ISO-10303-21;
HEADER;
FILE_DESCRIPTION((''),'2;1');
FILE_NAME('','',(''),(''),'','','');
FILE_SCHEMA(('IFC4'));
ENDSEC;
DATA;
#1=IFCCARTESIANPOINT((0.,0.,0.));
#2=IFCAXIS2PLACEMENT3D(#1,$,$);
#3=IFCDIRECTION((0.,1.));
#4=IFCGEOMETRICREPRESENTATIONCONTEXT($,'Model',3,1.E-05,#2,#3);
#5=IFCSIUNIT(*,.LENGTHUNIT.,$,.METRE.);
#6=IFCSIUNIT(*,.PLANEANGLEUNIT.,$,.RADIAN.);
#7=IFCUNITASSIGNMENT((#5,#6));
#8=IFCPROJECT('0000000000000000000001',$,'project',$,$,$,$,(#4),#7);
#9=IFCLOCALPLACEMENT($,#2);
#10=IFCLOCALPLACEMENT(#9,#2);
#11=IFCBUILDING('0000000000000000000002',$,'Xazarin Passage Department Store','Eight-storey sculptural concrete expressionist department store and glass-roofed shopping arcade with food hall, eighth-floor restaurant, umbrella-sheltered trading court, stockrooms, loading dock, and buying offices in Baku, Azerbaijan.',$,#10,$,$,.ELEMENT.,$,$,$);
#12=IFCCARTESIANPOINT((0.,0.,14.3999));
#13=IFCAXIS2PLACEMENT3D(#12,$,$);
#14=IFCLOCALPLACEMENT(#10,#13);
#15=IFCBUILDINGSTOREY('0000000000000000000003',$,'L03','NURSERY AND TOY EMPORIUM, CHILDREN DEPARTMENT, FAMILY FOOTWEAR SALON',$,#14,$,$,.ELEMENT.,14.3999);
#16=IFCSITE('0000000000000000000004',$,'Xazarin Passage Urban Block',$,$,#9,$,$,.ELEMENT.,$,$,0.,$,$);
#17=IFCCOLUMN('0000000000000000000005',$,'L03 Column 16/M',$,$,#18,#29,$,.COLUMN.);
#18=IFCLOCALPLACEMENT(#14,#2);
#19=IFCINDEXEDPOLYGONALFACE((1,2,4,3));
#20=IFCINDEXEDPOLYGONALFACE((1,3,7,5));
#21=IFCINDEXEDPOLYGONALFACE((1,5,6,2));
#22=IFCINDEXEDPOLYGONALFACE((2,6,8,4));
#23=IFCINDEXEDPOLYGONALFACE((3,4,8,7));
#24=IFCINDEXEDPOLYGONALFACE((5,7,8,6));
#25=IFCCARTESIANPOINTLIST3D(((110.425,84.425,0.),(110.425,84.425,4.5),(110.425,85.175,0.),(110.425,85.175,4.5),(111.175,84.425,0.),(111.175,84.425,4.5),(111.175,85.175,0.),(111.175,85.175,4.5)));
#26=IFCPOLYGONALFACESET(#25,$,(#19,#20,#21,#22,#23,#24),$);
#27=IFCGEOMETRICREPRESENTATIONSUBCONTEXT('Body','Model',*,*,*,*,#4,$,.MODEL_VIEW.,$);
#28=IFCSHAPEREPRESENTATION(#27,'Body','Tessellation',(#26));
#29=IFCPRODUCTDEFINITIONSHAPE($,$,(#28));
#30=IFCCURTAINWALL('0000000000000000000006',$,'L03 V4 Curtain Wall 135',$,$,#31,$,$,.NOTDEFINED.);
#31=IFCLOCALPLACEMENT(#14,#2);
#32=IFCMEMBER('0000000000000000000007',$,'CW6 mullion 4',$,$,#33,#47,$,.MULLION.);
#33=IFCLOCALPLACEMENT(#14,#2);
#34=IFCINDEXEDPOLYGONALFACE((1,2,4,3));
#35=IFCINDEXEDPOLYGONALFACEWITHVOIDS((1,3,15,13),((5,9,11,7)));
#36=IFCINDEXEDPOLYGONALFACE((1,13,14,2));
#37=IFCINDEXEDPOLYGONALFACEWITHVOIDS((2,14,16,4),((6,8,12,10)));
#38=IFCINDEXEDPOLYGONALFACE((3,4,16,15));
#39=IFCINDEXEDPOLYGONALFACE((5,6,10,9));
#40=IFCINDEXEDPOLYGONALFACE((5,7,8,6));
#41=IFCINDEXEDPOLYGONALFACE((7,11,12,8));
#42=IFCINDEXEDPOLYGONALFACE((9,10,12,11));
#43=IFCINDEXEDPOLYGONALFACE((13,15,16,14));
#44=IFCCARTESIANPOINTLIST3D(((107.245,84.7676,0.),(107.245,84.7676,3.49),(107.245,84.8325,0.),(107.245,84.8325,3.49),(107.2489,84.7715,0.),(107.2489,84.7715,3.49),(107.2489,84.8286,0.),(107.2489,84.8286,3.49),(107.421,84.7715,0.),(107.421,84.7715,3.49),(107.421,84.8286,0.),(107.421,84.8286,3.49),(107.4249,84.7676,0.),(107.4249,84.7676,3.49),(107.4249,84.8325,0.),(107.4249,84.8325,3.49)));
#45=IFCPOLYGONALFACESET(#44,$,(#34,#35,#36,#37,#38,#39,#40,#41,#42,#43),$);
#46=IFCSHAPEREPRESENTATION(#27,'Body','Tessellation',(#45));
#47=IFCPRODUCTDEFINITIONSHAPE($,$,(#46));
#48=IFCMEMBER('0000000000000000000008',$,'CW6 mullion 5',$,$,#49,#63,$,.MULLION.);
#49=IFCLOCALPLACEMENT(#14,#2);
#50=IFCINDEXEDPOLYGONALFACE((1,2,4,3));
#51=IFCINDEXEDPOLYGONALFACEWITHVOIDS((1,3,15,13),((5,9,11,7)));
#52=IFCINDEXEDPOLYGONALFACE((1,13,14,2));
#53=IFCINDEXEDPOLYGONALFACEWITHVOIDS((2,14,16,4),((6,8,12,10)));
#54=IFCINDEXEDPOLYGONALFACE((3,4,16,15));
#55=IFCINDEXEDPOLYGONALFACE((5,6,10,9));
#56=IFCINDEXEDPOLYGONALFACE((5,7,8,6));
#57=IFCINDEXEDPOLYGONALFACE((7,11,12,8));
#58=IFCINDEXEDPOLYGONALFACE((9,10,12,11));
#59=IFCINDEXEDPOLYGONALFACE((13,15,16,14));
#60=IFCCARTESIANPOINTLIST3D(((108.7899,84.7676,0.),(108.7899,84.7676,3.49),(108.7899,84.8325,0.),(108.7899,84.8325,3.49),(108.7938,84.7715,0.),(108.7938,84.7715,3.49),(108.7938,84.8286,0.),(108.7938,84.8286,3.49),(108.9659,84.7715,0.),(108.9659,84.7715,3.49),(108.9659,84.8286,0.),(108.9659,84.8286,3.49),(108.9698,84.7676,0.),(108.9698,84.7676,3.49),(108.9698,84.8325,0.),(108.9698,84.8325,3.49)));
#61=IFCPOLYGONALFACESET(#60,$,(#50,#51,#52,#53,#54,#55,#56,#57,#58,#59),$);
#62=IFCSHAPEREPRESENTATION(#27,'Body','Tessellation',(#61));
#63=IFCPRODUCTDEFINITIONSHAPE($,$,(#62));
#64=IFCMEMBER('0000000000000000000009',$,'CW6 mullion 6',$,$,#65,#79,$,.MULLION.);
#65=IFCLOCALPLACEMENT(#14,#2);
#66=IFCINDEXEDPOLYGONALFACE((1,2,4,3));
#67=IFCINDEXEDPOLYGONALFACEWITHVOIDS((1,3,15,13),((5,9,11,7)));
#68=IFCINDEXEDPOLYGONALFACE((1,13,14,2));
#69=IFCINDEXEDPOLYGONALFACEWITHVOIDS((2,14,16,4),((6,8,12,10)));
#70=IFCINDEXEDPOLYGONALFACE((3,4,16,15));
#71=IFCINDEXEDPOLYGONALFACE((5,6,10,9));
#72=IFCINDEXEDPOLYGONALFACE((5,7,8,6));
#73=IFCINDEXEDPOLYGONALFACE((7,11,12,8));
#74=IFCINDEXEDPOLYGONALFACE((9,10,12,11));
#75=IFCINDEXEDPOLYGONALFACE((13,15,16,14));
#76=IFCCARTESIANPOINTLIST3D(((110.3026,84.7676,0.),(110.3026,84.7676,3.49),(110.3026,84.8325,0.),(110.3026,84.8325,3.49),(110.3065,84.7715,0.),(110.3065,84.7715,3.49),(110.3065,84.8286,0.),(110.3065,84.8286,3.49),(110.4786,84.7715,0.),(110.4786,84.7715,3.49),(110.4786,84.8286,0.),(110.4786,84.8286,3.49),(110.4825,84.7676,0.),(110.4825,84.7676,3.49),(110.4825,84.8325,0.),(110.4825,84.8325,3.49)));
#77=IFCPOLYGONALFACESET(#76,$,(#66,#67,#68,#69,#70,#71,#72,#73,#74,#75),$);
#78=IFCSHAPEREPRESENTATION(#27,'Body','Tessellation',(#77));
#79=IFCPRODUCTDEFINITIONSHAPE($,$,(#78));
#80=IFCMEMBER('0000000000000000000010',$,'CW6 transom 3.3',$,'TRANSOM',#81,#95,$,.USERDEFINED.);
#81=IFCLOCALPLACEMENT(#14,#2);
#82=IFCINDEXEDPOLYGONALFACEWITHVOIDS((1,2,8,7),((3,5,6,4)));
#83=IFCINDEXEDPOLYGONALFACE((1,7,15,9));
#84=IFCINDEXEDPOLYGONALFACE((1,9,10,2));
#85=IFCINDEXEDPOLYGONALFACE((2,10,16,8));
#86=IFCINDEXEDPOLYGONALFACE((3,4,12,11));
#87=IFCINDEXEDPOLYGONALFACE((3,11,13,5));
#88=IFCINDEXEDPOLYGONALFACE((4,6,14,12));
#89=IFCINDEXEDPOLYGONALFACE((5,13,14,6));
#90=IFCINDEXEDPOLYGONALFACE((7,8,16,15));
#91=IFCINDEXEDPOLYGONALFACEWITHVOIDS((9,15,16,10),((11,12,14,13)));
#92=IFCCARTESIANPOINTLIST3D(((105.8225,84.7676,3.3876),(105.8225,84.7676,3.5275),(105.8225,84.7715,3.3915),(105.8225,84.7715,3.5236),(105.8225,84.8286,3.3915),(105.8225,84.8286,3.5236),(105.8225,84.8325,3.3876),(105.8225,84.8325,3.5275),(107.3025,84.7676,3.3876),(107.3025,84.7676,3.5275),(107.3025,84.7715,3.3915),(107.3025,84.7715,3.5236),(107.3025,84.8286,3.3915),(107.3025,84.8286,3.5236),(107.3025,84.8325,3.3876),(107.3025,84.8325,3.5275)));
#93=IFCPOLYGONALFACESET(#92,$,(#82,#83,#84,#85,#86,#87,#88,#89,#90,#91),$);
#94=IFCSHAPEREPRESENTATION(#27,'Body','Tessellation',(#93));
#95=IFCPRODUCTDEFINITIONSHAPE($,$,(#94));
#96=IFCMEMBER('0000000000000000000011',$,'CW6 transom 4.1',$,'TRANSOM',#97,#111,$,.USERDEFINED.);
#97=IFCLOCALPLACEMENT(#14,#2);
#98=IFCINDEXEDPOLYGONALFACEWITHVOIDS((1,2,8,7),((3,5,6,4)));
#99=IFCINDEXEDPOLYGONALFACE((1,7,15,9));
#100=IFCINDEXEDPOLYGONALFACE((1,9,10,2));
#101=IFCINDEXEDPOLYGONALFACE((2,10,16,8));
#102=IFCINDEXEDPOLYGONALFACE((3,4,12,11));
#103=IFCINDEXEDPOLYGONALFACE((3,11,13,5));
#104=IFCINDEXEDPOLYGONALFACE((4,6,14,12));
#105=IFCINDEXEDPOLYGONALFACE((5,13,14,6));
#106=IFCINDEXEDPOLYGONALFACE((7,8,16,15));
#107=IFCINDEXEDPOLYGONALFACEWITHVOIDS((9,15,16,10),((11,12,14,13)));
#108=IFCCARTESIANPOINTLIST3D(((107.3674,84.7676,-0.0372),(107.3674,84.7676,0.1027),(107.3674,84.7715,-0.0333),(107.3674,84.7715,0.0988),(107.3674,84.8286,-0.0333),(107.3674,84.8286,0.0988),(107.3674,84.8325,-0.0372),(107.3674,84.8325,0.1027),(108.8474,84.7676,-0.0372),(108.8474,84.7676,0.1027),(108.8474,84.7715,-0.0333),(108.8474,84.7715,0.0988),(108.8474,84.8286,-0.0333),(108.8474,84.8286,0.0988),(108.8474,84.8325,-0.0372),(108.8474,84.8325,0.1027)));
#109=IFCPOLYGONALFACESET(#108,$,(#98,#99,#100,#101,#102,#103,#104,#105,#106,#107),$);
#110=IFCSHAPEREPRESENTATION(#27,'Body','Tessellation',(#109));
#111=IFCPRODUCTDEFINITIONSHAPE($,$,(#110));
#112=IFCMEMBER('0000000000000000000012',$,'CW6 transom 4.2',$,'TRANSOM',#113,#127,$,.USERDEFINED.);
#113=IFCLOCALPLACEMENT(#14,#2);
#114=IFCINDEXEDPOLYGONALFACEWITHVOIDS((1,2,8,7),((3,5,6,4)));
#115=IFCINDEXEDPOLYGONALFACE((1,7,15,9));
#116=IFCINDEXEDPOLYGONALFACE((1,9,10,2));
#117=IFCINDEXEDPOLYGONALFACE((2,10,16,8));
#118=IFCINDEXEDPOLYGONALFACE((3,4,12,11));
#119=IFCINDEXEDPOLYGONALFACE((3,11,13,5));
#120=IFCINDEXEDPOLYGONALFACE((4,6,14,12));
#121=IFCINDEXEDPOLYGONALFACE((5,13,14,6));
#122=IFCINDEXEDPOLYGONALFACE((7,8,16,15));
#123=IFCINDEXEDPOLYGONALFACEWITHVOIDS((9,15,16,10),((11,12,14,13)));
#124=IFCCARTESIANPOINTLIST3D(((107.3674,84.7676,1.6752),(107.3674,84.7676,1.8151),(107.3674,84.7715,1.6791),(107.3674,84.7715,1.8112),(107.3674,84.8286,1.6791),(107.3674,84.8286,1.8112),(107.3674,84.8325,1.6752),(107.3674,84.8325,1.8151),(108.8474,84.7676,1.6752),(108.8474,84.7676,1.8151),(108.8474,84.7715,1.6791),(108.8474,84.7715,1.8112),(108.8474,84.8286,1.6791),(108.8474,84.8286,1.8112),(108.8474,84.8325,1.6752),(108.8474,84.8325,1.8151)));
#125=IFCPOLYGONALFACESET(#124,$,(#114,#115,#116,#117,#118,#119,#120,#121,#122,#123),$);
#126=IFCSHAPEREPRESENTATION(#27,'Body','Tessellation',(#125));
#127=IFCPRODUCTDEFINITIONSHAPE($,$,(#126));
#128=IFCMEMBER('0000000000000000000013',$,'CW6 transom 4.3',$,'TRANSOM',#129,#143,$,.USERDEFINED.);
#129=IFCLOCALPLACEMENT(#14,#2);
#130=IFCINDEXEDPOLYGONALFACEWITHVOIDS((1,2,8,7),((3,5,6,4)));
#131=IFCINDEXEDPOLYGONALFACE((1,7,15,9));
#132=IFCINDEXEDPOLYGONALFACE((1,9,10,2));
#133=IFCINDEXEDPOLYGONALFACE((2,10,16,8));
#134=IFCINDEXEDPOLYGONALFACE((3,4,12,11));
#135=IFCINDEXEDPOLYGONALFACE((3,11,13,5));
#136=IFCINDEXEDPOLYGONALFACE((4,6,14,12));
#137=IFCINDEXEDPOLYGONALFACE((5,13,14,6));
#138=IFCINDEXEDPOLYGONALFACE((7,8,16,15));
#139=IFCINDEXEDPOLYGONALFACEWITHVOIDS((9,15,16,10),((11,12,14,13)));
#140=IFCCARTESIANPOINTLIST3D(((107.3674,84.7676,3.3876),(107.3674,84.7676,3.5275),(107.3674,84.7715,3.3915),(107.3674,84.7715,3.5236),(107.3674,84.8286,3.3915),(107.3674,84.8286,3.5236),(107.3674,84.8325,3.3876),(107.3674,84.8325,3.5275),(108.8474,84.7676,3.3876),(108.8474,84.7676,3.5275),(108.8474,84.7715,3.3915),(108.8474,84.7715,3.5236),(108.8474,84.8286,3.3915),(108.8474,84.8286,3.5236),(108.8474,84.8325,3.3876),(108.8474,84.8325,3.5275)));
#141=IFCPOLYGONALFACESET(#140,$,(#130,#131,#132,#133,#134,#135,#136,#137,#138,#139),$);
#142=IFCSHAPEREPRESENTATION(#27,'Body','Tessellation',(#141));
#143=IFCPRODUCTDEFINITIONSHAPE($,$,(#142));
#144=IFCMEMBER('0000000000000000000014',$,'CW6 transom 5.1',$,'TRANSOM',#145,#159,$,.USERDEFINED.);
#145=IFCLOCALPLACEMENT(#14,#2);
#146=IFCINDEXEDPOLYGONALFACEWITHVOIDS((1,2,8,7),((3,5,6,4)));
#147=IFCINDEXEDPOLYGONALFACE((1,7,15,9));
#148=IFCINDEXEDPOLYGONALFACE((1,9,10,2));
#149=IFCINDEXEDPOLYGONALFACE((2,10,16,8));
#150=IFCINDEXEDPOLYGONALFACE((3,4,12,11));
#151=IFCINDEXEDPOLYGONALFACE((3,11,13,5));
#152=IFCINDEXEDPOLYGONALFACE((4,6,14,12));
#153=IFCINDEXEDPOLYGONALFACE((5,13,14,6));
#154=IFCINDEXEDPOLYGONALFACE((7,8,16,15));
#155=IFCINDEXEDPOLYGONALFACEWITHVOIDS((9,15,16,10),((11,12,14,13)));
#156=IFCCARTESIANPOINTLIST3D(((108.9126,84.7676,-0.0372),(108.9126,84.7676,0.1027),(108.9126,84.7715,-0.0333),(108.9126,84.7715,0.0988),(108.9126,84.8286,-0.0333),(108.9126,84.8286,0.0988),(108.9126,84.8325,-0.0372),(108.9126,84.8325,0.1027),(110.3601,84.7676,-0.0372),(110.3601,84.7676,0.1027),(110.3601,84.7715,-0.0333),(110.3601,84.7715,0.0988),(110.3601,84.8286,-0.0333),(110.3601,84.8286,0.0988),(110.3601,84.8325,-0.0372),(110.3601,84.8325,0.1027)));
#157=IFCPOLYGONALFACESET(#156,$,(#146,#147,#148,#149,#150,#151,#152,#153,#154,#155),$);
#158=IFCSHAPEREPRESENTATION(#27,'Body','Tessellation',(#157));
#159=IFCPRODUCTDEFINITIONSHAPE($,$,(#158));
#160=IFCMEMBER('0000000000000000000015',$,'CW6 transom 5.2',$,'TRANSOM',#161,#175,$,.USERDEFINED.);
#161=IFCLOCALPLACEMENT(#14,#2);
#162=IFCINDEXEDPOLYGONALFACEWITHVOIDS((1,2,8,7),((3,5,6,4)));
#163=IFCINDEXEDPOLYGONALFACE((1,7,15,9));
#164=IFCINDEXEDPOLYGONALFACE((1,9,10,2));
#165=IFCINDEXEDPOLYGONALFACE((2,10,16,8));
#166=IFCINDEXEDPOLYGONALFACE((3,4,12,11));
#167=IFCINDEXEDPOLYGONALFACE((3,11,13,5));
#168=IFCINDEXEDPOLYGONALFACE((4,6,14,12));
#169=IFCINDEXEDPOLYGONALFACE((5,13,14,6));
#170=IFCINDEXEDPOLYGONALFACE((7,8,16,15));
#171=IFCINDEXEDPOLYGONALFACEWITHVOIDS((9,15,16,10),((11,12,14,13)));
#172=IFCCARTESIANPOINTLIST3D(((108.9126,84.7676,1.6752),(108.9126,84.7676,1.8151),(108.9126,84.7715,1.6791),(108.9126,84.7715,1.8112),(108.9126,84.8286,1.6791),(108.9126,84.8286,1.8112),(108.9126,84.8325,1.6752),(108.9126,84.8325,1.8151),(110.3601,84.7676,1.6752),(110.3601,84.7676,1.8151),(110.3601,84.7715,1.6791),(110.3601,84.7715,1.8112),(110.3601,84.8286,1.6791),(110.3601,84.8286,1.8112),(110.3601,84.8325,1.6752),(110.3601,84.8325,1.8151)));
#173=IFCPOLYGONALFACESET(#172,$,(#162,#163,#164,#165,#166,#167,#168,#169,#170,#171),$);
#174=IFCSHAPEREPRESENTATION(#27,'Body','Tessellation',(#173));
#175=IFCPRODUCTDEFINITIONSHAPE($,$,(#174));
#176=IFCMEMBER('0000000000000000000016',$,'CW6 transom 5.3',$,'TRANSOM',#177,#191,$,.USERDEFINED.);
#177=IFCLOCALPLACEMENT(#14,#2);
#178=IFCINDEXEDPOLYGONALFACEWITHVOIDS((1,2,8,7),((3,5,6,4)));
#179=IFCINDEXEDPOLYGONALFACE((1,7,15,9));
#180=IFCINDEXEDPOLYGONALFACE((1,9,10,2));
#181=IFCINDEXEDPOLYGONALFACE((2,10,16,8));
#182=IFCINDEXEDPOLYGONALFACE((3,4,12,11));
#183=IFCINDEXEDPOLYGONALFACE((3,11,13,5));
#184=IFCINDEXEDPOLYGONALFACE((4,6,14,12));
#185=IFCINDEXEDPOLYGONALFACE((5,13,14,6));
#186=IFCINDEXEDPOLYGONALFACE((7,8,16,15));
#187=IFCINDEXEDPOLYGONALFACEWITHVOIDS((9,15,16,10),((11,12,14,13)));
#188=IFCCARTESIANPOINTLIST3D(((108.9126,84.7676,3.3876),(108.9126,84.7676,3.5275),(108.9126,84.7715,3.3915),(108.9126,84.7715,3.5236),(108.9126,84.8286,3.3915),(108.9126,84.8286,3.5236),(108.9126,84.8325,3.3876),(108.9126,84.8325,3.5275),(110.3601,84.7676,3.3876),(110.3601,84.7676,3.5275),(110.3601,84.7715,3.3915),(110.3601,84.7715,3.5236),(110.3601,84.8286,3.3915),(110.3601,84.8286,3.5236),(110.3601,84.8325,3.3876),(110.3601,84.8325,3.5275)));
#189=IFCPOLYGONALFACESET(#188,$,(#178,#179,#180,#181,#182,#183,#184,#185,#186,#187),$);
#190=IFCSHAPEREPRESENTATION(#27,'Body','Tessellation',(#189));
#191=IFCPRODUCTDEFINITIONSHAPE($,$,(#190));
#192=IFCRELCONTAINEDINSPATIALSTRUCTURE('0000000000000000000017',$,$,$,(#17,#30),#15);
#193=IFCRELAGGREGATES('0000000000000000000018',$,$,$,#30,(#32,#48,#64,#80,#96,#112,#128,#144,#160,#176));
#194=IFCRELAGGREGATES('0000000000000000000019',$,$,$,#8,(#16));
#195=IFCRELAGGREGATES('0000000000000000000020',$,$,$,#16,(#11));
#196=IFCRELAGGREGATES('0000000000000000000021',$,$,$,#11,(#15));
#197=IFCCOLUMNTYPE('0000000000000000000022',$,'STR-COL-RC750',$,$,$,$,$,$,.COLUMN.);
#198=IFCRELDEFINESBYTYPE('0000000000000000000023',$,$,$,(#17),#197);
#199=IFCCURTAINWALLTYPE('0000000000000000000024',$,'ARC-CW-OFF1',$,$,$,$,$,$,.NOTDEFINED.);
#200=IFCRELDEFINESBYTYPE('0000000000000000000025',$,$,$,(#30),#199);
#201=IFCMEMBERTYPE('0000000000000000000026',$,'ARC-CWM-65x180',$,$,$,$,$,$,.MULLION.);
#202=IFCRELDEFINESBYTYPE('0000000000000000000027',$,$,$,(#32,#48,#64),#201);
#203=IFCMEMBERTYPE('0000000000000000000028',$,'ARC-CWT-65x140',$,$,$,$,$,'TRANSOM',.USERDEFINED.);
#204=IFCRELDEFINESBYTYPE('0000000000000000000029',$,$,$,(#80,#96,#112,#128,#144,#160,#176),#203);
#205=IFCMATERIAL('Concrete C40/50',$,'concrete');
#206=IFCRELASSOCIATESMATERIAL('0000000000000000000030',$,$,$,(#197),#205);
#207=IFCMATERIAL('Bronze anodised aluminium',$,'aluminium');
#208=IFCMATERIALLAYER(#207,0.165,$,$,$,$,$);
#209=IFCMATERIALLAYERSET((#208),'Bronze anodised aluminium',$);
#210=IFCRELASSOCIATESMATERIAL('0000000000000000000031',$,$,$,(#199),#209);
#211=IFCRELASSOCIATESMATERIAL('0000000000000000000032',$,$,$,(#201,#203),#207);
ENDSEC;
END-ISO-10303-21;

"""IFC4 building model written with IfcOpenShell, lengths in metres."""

from ifc_helpers import new_model, si_unit, direction, frame, origin, origin_2d, place, context, subcontext, project, spatial, rectangle, hollow_rectangle, extrude, material, layer, layer_set, material_profile, profile_set, type_object, element, aggregate, save


model = new_model("IFC4")

# Units and contexts
model_context = context("Model", 3, precision=1e-05, world=origin(), true_north=direction((0.0, 1.0)))
body_context = subcontext(model_context, "Body", "Model", "MODEL_VIEW")
ifc_project = project(units=[si_unit("LENGTHUNIT", "METRE"), si_unit("PLANEANGLEUNIT", "RADIAN")], contexts=[model_context])

# Site, building, storey
site_placement = place(None, origin())
site = spatial("IfcSite", under=ifc_project, at=site_placement, Name="Xazarin Passage Urban Block", CompositionType="ELEMENT", RefElevation=0.0)
building_placement = place(site_placement, origin())
building = spatial("IfcBuilding", under=site, at=building_placement, Name="Xazarin Passage Department Store", Description="Eight-storey sculptural concrete expressionist department store and glass-roofed shopping arcade with food hall, eighth-floor restaurant, umbrella-sheltered trading court, stockrooms, loading dock, and buying offices in Baku, Azerbaijan.", CompositionType="ELEMENT")
storey_placement = place(building_placement, frame((0.0, 0.0, 14.3999)))
storey = spatial("IfcBuildingStorey", under=building, at=storey_placement, Name="L03", Description="NURSERY AND TOY EMPORIUM, CHILDREN DEPARTMENT, FAMILY FOOTWEAR SALON", CompositionType="ELEMENT", Elevation=14.3999)

# Column
ifc_material_1 = material(Name="Concrete C40/50", Category="concrete")
ifc_material_profile_1 = material_profile(ifc_material_1, rectangle(XDim=0.75, YDim=0.75, at=origin_2d()), Name="RC 750x750")
ifc_profile_set_1 = profile_set([ifc_material_profile_1], Name="Concrete C40/50")
column_type = type_object("IfcColumnType", Name="STR-COL-RC750", PredefinedType="COLUMN", material=ifc_profile_set_1)
column_placement = place(storey_placement, frame((110.8, 84.8, 0.0), z_axis=(0.0, 0.0, 1.0), x_axis=(1.0, 0.0, 0.0)))
element("IfcColumn", 1, at=column_placement, inside=storey, type_object=column_type, Name="L03 Column 16/M", PredefinedType="COLUMN", context=body_context, shape_type="SweptSolid", body=[
    extrude(rectangle(XDim=0.75, YDim=0.75, at=origin_2d()), origin(), (0.0, 0.0, 1.0), 4.5),
])

# Curtain wall, members
ifc_material_2 = material(Name="Bronze anodised aluminium", Category="aluminium")
ifc_layer_1 = layer(ifc_material_2, 0.165)
ifc_layer_set_1 = layer_set([ifc_layer_1], Name="Bronze anodised aluminium")
curtain_wall_type = type_object("IfcCurtainWallType", Name="ARC-CW-OFF1", PredefinedType="NOTDEFINED", material=ifc_layer_set_1)
curtain_wall_placement = place(storey_placement, origin())
curtain_wall = element("IfcCurtainWall", 2, at=curtain_wall_placement, inside=storey, type_object=curtain_wall_type, Name="L03 V4 Curtain Wall 135", PredefinedType="NOTDEFINED")
ifc_material_profile_2 = material_profile(ifc_material_2, hollow_rectangle(XDim=0.0649, YDim=0.1799, WallThickness=0.0039, at=origin_2d()), Name="ALU 65x180")
ifc_profile_set_2 = profile_set([ifc_material_profile_2], Name="Bronze anodised aluminium")
member_type_1 = type_object("IfcMemberType", Name="ARC-CWM-65x180", PredefinedType="MULLION", material=ifc_profile_set_2)
member_1_placement = place(storey_placement, frame((107.335, 84.8, 0.0), z_axis=(0.0, 0.0, 1.0), x_axis=(0.0, 1.0, 0.0)))
member_1 = element("IfcMember", 3, at=member_1_placement, type_object=member_type_1, Name="CW6 mullion 4", PredefinedType="MULLION", context=body_context, shape_type="SweptSolid", body=[
    extrude(hollow_rectangle(XDim=0.0649, YDim=0.1799, WallThickness=0.0039, at=origin_2d()), origin(), (0.0, 0.0, 1.0), 3.49),
])
member_2_placement = place(storey_placement, frame((108.8799, 84.8, 0.0), z_axis=(0.0, 0.0, 1.0), x_axis=(0.0, 1.0, 0.0)))
member_2 = element("IfcMember", 4, at=member_2_placement, type_object=member_type_1, Name="CW6 mullion 5", PredefinedType="MULLION", context=body_context, shape_type="SweptSolid", body=[
    extrude(hollow_rectangle(XDim=0.0649, YDim=0.1799, WallThickness=0.0039, at=origin_2d()), origin(), (0.0, 0.0, 1.0), 3.49),
])
member_3_placement = place(storey_placement, frame((110.3926, 84.8, 0.0), z_axis=(0.0, 0.0, 1.0), x_axis=(0.0, 1.0, 0.0)))
member_3 = element("IfcMember", 5, at=member_3_placement, type_object=member_type_1, Name="CW6 mullion 6", PredefinedType="MULLION", context=body_context, shape_type="SweptSolid", body=[
    extrude(hollow_rectangle(XDim=0.0649, YDim=0.1799, WallThickness=0.0039, at=origin_2d()), origin(), (0.0, 0.0, 1.0), 3.49),
])
ifc_material_profile_3 = material_profile(ifc_material_2, hollow_rectangle(XDim=0.0649, YDim=0.1399, WallThickness=0.0039, at=origin_2d()), Name="ALU 65x140")
ifc_profile_set_3 = profile_set([ifc_material_profile_3], Name="Bronze anodised aluminium")
member_type_2 = type_object("IfcMemberType", Name="ARC-CWT-65x140", ElementType="TRANSOM", PredefinedType="USERDEFINED", material=ifc_profile_set_3)
member_4_placement = place(storey_placement, frame((105.8225, 84.8, 3.4575), z_axis=(1.0, 0.0, 0.0), x_axis=(0.0, 1.0, 0.0)))
member_4 = element("IfcMember", 6, at=member_4_placement, type_object=member_type_2, Name="CW6 transom 3.3", ObjectType="TRANSOM", PredefinedType="USERDEFINED", context=body_context, shape_type="SweptSolid", body=[
    extrude(hollow_rectangle(XDim=0.0649, YDim=0.1399, WallThickness=0.0039, at=origin_2d()), origin(), (0.0, 0.0, 1.0), 1.48),
])
member_5_placement = place(storey_placement, frame((107.3674, 84.8, 0.0327), z_axis=(1.0, 0.0, 0.0), x_axis=(0.0, 1.0, 0.0)))
member_5 = element("IfcMember", 7, at=member_5_placement, type_object=member_type_2, Name="CW6 transom 4.1", ObjectType="TRANSOM", PredefinedType="USERDEFINED", context=body_context, shape_type="SweptSolid", body=[
    extrude(hollow_rectangle(XDim=0.0649, YDim=0.1399, WallThickness=0.0039, at=origin_2d()), origin(), (0.0, 0.0, 1.0), 1.48),
])
member_6_placement = place(storey_placement, frame((107.3674, 84.8, 1.7451), z_axis=(1.0, 0.0, 0.0), x_axis=(0.0, 1.0, 0.0)))
member_6 = element("IfcMember", 8, at=member_6_placement, type_object=member_type_2, Name="CW6 transom 4.2", ObjectType="TRANSOM", PredefinedType="USERDEFINED", context=body_context, shape_type="SweptSolid", body=[
    extrude(hollow_rectangle(XDim=0.0649, YDim=0.1399, WallThickness=0.0039, at=origin_2d()), origin(), (0.0, 0.0, 1.0), 1.48),
])
member_7_placement = place(storey_placement, frame((107.3674, 84.8, 3.4575), z_axis=(1.0, 0.0, 0.0), x_axis=(0.0, 1.0, 0.0)))
member_7 = element("IfcMember", 9, at=member_7_placement, type_object=member_type_2, Name="CW6 transom 4.3", ObjectType="TRANSOM", PredefinedType="USERDEFINED", context=body_context, shape_type="SweptSolid", body=[
    extrude(hollow_rectangle(XDim=0.0649, YDim=0.1399, WallThickness=0.0039, at=origin_2d()), origin(), (0.0, 0.0, 1.0), 1.48),
])
member_8_placement = place(storey_placement, frame((108.9126, 84.8, 0.0327), z_axis=(1.0, 0.0, 0.0), x_axis=(0.0, 1.0, 0.0)))
member_8 = element("IfcMember", 10, at=member_8_placement, type_object=member_type_2, Name="CW6 transom 5.1", ObjectType="TRANSOM", PredefinedType="USERDEFINED", context=body_context, shape_type="SweptSolid", body=[
    extrude(hollow_rectangle(XDim=0.0649, YDim=0.1399, WallThickness=0.0039, at=origin_2d()), origin(), (0.0, 0.0, 1.0), 1.4475),
])
member_9_placement = place(storey_placement, frame((108.9126, 84.8, 1.7451), z_axis=(1.0, 0.0, 0.0), x_axis=(0.0, 1.0, 0.0)))
member_9 = element("IfcMember", 11, at=member_9_placement, type_object=member_type_2, Name="CW6 transom 5.2", ObjectType="TRANSOM", PredefinedType="USERDEFINED", context=body_context, shape_type="SweptSolid", body=[
    extrude(hollow_rectangle(XDim=0.0649, YDim=0.1399, WallThickness=0.0039, at=origin_2d()), origin(), (0.0, 0.0, 1.0), 1.4475),
])
member_10_placement = place(storey_placement, frame((108.9126, 84.8, 3.4575), z_axis=(1.0, 0.0, 0.0), x_axis=(0.0, 1.0, 0.0)))
member_10 = element("IfcMember", 12, at=member_10_placement, type_object=member_type_2, Name="CW6 transom 5.3", ObjectType="TRANSOM", PredefinedType="USERDEFINED", context=body_context, shape_type="SweptSolid", body=[
    extrude(hollow_rectangle(XDim=0.0649, YDim=0.1399, WallThickness=0.0039, at=origin_2d()), origin(), (0.0, 0.0, 1.0), 1.4475),
])

aggregate(curtain_wall, [member_1, member_2, member_3, member_4, member_5, member_6, member_7, member_8, member_9, member_10])

save(model, "model.ifc")
